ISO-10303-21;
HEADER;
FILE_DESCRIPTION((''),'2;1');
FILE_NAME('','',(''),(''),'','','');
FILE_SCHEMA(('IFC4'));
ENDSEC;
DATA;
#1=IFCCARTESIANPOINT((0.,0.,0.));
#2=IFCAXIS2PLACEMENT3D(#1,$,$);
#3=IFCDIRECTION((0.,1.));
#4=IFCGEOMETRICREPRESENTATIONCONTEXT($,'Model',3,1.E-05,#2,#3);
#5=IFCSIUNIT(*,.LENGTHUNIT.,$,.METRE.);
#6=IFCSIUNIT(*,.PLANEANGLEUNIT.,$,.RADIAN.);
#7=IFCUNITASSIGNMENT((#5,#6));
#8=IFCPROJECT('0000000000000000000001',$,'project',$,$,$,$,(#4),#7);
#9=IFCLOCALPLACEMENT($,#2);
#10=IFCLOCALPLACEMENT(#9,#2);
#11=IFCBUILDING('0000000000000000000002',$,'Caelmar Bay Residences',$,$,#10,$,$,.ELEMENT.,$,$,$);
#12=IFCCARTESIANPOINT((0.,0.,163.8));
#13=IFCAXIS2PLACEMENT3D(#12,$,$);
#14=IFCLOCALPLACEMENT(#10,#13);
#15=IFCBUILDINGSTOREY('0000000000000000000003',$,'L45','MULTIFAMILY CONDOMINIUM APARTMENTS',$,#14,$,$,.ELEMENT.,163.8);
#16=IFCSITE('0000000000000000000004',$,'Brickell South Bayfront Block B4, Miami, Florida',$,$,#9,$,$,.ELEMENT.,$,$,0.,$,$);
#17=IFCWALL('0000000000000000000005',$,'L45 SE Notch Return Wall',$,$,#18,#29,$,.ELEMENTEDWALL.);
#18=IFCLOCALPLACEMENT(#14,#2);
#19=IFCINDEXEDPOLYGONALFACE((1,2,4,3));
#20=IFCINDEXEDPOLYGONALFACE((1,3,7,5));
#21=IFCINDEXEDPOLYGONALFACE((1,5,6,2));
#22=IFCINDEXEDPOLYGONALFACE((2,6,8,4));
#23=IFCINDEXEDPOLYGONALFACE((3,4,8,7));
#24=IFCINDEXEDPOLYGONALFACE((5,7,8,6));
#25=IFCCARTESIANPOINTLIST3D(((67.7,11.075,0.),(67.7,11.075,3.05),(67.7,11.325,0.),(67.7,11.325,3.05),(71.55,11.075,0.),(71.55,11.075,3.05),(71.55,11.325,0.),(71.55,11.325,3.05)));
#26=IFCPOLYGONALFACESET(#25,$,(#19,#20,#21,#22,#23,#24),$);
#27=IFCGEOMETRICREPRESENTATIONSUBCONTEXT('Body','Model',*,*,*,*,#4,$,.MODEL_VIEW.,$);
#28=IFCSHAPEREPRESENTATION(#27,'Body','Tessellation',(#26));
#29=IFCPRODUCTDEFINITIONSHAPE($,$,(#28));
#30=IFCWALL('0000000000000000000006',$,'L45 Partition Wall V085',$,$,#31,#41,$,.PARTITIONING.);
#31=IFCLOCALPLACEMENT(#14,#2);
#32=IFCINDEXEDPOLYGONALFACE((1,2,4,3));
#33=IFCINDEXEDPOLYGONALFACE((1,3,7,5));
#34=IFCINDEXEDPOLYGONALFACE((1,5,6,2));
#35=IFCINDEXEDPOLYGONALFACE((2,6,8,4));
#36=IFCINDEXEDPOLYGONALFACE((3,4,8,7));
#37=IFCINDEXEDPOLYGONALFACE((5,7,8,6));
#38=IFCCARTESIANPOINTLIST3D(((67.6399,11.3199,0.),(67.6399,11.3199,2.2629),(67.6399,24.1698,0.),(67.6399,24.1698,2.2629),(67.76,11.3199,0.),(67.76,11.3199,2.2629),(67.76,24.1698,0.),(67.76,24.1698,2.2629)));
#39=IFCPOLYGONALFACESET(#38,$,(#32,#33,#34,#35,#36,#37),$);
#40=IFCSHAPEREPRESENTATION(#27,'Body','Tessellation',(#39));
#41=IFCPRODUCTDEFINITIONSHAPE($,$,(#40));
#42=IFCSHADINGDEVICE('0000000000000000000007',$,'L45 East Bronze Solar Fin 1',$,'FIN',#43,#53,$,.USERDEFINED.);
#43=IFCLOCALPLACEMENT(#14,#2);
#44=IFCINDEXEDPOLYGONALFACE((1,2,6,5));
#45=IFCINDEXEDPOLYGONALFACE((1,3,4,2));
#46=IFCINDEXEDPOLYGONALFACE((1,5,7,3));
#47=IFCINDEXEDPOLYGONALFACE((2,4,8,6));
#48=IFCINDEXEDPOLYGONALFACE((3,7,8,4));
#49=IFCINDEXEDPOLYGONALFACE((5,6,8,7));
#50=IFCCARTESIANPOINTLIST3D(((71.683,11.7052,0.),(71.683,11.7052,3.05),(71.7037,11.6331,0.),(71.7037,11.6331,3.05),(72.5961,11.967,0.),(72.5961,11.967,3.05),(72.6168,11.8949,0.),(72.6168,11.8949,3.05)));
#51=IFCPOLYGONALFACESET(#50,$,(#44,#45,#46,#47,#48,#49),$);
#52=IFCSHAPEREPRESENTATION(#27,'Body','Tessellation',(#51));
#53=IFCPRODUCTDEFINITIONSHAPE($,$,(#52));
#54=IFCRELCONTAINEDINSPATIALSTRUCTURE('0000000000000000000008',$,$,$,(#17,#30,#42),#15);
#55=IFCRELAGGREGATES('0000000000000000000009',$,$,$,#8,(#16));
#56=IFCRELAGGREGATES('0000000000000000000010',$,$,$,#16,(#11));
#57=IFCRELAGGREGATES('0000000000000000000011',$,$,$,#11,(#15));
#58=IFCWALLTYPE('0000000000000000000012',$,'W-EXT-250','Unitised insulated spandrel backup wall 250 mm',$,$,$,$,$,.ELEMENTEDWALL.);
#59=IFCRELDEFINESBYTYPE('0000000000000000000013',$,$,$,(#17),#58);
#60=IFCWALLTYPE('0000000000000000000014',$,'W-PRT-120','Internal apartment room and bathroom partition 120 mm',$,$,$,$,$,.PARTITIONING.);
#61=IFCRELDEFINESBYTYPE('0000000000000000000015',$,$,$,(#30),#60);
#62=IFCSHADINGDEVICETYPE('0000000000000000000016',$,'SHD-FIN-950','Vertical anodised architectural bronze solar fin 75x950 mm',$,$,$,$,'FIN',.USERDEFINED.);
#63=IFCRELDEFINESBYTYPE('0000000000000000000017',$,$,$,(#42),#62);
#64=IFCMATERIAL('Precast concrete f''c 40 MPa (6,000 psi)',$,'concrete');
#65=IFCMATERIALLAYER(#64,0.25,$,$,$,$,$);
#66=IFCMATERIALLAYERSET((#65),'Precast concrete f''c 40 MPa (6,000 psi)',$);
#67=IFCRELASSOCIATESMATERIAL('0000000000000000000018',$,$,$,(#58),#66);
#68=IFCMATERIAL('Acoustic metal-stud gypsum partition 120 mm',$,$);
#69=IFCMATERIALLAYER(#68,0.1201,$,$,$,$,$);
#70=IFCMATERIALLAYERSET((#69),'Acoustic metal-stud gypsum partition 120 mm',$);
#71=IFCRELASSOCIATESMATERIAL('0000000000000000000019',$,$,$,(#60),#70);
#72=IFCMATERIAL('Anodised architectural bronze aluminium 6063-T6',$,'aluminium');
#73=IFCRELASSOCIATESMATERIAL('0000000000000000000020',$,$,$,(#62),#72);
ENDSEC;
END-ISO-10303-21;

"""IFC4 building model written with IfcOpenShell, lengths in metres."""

from ifc_helpers import new_model, si_unit, direction, frame, frame_2d, origin, origin_2d, place, context, subcontext, project, spatial, rectangle, extrude, material, layer, layer_set, material_profile, profile_set, type_object, element, save


model = new_model("IFC4")

# Units and contexts
model_context = context("Model", 3, precision=1e-05, world=origin(), true_north=direction((0.0, 1.0)))
body_context = subcontext(model_context, "Body", "Model", "MODEL_VIEW")
ifc_project = project(units=[si_unit("LENGTHUNIT", "METRE"), si_unit("PLANEANGLEUNIT", "RADIAN")], contexts=[model_context])

# Site, building, storey
site_placement = place(None, origin())
site = spatial("IfcSite", under=ifc_project, at=site_placement, Name="Brickell South Bayfront Block B4, Miami, Florida", CompositionType="ELEMENT", RefElevation=0.0)
building_placement = place(site_placement, origin())
building = spatial("IfcBuilding", under=site, at=building_placement, Name="Caelmar Bay Residences", CompositionType="ELEMENT")
storey_placement = place(building_placement, frame((0.0, 0.0, 163.8)))
storey = spatial("IfcBuildingStorey", under=building, at=storey_placement, Name="L45", Description="MULTIFAMILY CONDOMINIUM APARTMENTS", CompositionType="ELEMENT", Elevation=163.8)

# Walls
ifc_material_1 = material(Name="Precast concrete f'c 40 MPa (6,000 psi)", Category="concrete")
ifc_layer_1 = layer(ifc_material_1, 0.25)
ifc_layer_set_1 = layer_set([ifc_layer_1], Name="Precast concrete f'c 40 MPa (6,000 psi)")
wall_type_1 = type_object("IfcWallType", Name="W-EXT-250", Description="Unitised insulated spandrel backup wall 250 mm", PredefinedType="ELEMENTEDWALL", material=ifc_layer_set_1)
wall_1_placement = place(storey_placement, frame((67.7, 11.2, 0.0), z_axis=(0.0, 0.0, 1.0), x_axis=(1.0, 0.0, 0.0)))
element("IfcWall", 1, at=wall_1_placement, inside=storey, type_object=wall_type_1, Name="L45 SE Notch Return Wall", PredefinedType="ELEMENTEDWALL", context=body_context, shape_type="SweptSolid", body=[
    extrude(rectangle(XDim=3.8501, YDim=0.25, at=frame_2d((1.925, 0.0))), origin(), (0.0, 0.0, 1.0), 3.05),
])
ifc_material_2 = material(Name="Acoustic metal-stud gypsum partition 120 mm")
ifc_layer_2 = layer(ifc_material_2, 0.1201)
ifc_layer_set_2 = layer_set([ifc_layer_2], Name="Acoustic metal-stud gypsum partition 120 mm")
wall_type_2 = type_object("IfcWallType", Name="W-PRT-120", Description="Internal apartment room and bathroom partition 120 mm", PredefinedType="PARTITIONING", material=ifc_layer_set_2)
wall_2_placement = place(storey_placement, frame((67.7, 11.3201, 0.0), z_axis=(0.0, 0.0, 1.0), x_axis=(0.0, 1.0, 0.0)))
element("IfcWall", 2, at=wall_2_placement, inside=storey, type_object=wall_type_2, Name="L45 Partition Wall V085", PredefinedType="PARTITIONING", context=body_context, shape_type="SweptSolid", body=[
    extrude(rectangle(XDim=12.8499, YDim=0.1201, at=frame_2d((6.4248, 0.0))), origin(), (0.0, 0.0, 1.0), 2.2629),
])

# Shading device
ifc_material_3 = material(Name="Anodised architectural bronze aluminium 6063-T6", Category="aluminium")
ifc_material_profile_1 = material_profile(ifc_material_3, rectangle(XDim=0.075, YDim=0.95, at=origin_2d()), Name="BRONZE-FIN-75X950")
ifc_profile_set_1 = profile_set([ifc_material_profile_1], Name="Anodised architectural bronze aluminium 6063-T6")
shading_device_type = type_object("IfcShadingDeviceType", Name="SHD-FIN-950", Description="Vertical anodised architectural bronze solar fin 75x950 mm", ElementType="FIN", PredefinedType="USERDEFINED", material=ifc_profile_set_1)
shading_device_placement = place(storey_placement, frame((72.1499, 11.8, 0.0), z_axis=(0.0, 0.0, 1.0), x_axis=(-0.275637, 0.961262, 0.0)))
element("IfcShadingDevice", 3, at=shading_device_placement, inside=storey, type_object=shading_device_type, Name="L45 East Bronze Solar Fin 1", ObjectType="FIN", PredefinedType="USERDEFINED", context=body_context, shape_type="SweptSolid", body=[
    extrude(rectangle(XDim=0.075, YDim=0.95, at=origin_2d()), origin(), (0.0, 0.0, 1.0), 3.05),
])

save(model, "model.ifc")
